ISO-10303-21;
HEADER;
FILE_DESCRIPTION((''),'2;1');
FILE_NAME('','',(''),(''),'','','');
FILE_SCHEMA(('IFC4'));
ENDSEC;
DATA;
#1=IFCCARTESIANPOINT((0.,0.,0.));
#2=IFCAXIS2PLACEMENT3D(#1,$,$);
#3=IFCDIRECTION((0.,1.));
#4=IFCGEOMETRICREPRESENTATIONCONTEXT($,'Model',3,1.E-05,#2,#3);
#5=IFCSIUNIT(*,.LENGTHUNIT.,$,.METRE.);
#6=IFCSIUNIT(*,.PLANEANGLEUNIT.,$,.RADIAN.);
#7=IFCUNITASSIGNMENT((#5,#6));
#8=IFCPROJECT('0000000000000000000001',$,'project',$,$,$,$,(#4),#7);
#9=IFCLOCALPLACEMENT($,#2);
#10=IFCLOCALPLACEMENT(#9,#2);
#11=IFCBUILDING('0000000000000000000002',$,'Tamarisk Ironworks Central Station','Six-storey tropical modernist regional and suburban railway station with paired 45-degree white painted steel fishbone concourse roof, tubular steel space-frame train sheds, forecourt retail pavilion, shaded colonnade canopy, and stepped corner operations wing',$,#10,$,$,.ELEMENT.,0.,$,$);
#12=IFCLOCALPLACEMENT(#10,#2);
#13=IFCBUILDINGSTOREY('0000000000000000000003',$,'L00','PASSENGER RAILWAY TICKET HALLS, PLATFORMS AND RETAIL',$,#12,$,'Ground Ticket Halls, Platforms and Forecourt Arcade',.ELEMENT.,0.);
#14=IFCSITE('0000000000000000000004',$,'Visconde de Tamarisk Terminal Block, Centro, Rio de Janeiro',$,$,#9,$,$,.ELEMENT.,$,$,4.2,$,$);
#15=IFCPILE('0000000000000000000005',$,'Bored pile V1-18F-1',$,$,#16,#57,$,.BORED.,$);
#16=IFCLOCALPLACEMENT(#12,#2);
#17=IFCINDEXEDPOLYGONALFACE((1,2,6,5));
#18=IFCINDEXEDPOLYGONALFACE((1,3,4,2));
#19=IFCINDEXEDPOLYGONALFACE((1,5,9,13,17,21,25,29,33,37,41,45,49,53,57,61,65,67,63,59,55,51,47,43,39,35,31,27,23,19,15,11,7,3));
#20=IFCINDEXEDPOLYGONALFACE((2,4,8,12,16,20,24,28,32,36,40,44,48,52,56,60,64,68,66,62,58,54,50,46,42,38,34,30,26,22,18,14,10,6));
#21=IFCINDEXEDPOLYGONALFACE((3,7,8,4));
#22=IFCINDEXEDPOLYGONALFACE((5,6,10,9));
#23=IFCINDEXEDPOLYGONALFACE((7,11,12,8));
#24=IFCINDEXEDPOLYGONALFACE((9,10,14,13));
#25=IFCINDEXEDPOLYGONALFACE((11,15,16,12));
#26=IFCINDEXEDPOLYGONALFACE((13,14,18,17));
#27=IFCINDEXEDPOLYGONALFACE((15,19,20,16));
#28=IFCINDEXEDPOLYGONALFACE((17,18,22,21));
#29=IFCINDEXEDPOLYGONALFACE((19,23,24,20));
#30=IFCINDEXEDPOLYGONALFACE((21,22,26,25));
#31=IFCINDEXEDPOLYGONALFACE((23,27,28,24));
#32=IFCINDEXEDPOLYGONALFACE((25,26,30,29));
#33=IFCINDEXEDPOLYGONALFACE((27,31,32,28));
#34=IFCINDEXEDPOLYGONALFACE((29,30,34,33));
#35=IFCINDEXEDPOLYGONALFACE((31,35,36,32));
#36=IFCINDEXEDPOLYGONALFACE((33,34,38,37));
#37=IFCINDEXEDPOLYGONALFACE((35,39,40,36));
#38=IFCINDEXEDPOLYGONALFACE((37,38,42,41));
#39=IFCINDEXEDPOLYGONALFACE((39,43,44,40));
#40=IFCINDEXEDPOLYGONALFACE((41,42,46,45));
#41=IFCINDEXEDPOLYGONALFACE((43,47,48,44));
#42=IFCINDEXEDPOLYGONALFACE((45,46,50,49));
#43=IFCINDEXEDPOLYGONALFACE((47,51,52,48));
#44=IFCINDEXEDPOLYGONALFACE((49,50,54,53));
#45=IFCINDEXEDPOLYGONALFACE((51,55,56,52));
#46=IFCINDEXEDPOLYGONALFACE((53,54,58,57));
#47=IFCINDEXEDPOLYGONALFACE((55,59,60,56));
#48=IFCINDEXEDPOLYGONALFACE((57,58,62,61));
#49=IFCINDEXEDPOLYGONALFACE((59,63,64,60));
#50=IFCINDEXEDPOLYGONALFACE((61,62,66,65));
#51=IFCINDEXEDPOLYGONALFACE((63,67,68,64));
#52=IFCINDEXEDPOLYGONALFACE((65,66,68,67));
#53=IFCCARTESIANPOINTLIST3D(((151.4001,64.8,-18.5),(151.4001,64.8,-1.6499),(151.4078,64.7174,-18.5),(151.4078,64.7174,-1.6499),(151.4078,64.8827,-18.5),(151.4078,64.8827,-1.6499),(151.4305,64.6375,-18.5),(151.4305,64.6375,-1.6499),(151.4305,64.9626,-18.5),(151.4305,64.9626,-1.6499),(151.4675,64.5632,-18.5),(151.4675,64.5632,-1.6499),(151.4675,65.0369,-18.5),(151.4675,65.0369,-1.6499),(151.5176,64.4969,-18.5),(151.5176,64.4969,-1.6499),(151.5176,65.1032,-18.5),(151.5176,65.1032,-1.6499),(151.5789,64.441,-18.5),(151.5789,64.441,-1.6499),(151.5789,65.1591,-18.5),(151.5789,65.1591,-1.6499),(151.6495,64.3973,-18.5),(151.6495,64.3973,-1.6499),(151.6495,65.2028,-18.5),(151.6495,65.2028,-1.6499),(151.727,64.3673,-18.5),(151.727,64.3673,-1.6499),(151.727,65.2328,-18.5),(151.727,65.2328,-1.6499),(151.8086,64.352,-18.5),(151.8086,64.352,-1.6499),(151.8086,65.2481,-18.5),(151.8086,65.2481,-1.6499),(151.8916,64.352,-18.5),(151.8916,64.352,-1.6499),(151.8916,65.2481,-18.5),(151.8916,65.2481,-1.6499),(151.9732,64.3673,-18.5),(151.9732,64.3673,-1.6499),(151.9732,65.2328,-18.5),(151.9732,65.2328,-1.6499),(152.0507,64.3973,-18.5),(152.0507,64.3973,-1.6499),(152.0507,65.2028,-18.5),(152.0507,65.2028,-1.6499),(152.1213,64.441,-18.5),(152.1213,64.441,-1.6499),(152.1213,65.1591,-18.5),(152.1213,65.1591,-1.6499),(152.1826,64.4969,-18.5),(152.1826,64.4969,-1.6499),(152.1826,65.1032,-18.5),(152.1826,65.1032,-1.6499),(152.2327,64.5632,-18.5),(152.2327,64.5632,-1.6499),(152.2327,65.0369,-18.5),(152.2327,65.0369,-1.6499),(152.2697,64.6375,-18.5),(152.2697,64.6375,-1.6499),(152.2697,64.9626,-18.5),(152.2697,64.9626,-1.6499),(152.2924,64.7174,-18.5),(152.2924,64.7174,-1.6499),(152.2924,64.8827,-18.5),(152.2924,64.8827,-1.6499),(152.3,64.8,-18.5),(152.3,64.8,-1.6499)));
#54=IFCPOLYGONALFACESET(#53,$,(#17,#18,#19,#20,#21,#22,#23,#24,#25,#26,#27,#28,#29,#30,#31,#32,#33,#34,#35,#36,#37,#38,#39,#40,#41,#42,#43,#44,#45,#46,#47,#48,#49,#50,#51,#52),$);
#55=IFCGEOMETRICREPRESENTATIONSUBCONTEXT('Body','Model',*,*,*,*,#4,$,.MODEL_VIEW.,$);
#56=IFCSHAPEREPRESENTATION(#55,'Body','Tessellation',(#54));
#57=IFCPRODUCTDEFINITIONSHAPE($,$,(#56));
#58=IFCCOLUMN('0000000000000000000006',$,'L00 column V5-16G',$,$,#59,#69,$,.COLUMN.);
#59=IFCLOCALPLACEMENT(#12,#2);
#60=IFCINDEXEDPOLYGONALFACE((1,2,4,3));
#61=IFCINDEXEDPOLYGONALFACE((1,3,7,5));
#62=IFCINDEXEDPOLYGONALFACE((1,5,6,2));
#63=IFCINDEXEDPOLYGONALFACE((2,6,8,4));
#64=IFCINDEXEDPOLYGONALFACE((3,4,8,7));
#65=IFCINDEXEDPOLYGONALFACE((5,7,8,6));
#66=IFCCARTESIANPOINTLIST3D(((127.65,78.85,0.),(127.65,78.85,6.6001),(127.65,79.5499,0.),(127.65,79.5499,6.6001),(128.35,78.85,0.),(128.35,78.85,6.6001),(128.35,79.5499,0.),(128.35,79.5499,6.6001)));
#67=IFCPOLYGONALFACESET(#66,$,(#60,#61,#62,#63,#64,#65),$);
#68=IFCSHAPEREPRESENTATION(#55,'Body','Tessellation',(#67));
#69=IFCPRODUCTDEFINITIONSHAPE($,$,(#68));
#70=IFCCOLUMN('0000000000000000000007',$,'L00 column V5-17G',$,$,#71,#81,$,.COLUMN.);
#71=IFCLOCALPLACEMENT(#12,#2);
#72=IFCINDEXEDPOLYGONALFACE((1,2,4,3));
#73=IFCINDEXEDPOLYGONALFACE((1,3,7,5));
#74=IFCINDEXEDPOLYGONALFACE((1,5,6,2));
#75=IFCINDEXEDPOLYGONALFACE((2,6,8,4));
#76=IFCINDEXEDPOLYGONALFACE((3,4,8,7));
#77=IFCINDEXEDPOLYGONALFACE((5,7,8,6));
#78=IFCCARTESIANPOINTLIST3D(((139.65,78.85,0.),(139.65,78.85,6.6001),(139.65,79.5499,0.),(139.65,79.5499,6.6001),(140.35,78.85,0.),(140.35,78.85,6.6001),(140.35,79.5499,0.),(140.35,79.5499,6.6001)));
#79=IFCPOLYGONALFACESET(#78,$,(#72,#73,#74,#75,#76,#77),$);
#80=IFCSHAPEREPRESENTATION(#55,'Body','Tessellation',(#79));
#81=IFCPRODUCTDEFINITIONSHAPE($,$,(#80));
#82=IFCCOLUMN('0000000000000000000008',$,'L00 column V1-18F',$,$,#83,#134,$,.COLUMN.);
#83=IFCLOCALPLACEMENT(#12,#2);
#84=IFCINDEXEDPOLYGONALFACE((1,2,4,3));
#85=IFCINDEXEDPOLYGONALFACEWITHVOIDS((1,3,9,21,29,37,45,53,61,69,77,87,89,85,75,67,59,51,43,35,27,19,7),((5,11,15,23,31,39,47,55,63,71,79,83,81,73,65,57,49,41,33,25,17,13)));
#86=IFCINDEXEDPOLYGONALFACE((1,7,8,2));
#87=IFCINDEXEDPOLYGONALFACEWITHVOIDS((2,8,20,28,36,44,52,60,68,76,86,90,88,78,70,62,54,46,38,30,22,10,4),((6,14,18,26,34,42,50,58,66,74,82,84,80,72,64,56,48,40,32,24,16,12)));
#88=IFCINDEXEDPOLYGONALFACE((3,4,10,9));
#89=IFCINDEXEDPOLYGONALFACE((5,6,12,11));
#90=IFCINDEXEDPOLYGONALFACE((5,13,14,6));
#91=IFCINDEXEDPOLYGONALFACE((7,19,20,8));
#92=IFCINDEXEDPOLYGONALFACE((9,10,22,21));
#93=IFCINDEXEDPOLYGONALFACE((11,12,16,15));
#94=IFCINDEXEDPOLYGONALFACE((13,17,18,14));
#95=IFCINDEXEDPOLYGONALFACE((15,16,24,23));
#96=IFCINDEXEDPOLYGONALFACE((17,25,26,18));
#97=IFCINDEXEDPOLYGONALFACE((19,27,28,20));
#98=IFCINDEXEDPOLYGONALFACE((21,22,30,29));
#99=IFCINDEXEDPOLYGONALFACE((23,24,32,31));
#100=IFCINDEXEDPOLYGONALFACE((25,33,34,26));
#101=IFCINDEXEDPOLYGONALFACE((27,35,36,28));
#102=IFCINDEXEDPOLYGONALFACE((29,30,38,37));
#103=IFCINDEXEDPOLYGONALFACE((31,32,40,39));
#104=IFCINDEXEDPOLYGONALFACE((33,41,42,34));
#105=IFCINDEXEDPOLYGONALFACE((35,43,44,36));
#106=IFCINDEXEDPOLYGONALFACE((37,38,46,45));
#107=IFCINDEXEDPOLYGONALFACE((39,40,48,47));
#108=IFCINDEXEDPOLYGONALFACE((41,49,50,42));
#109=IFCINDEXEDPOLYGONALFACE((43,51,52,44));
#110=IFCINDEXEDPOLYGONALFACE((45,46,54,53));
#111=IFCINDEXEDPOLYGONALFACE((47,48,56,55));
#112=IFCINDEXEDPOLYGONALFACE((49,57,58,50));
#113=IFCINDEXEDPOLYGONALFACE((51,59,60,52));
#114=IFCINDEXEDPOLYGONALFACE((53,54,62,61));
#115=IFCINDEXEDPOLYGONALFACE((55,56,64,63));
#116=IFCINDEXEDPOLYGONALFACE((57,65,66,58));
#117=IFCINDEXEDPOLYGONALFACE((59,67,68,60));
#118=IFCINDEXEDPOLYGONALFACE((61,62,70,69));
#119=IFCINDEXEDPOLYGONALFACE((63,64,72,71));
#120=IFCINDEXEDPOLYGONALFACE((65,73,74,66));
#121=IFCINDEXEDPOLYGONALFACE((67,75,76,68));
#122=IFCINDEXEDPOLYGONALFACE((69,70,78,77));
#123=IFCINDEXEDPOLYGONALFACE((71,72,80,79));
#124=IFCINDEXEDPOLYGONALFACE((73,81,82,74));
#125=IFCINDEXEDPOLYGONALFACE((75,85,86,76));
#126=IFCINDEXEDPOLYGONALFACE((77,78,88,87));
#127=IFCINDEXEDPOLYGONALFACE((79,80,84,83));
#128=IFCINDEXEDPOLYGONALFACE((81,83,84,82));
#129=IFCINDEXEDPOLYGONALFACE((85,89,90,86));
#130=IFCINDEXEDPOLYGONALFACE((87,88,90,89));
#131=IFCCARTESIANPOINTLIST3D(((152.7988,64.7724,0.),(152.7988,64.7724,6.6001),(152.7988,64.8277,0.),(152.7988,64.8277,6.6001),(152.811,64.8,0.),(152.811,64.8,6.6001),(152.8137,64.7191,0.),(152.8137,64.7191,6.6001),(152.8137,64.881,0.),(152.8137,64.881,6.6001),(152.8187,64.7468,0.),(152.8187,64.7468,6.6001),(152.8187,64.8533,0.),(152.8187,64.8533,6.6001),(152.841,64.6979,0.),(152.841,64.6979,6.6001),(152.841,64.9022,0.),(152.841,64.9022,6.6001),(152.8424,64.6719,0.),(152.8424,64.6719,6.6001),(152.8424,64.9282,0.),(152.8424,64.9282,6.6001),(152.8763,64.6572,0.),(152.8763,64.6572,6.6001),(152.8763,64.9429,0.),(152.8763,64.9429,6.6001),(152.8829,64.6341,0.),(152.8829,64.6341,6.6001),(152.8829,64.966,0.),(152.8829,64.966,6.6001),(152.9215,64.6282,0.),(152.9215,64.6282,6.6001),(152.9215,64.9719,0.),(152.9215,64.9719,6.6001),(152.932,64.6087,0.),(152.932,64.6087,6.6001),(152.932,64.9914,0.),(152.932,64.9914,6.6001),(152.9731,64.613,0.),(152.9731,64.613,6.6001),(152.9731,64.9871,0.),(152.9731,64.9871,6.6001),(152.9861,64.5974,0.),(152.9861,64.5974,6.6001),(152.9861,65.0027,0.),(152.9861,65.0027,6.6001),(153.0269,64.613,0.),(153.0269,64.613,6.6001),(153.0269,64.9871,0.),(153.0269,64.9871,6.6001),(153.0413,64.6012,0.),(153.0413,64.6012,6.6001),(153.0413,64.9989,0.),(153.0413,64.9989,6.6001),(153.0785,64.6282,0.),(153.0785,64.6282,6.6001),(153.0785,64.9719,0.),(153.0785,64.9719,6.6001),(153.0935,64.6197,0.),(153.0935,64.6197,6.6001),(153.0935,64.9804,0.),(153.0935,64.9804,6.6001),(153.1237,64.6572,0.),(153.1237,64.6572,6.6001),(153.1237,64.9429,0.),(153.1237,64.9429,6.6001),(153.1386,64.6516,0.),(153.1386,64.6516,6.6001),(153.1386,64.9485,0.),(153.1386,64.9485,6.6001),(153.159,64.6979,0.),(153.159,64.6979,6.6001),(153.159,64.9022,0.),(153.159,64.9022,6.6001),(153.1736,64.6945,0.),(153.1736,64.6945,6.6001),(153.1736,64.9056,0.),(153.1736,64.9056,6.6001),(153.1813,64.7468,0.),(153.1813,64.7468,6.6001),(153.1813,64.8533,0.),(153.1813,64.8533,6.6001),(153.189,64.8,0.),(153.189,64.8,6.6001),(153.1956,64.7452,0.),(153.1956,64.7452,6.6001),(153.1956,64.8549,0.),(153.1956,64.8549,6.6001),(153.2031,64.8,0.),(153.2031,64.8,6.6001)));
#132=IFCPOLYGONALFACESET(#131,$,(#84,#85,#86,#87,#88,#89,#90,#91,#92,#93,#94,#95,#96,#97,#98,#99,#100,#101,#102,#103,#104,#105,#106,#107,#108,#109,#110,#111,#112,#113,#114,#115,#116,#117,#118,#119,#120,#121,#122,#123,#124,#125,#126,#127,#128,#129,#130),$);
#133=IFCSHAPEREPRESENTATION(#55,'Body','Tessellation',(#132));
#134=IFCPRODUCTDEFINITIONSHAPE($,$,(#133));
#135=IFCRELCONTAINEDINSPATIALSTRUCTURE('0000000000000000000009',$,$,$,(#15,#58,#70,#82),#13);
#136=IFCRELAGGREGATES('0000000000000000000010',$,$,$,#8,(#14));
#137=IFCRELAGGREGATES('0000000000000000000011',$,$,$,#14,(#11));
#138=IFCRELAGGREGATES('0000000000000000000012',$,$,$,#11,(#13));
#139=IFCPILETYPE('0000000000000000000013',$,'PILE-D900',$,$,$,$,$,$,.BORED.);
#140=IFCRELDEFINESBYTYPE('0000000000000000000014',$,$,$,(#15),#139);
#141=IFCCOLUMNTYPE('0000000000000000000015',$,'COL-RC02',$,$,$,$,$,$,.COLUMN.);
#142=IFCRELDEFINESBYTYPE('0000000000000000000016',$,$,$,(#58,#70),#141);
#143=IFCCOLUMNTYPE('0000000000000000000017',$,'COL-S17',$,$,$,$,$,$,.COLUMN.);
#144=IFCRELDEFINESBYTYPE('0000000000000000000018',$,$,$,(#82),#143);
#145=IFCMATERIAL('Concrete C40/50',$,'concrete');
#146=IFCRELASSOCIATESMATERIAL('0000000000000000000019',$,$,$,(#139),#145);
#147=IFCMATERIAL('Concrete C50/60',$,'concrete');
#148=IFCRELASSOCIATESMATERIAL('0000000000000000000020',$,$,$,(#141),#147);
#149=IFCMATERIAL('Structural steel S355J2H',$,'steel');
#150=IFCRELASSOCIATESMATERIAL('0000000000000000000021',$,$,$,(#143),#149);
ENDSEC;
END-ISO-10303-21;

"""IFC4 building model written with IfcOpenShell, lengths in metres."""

from ifc_helpers import new_model, si_unit, direction, frame, origin, origin_2d, place, context, subcontext, project, spatial, rectangle, circle, hollow_circle, extrude, material, material_profile, profile_set, type_object, element, save


model = new_model("IFC4")

# Units and contexts
model_context = context("Model", 3, precision=1e-05, world=origin(), true_north=direction((0.0, 1.0)))
body_context = subcontext(model_context, "Body", "Model", "MODEL_VIEW")
ifc_project = project(units=[si_unit("LENGTHUNIT", "METRE"), si_unit("PLANEANGLEUNIT", "RADIAN")], contexts=[model_context])

# Site, building, storey
site_placement = place(None, origin())
site = spatial("IfcSite", under=ifc_project, at=site_placement, Name="Visconde de Tamarisk Terminal Block, Centro, Rio de Janeiro", CompositionType="ELEMENT", RefElevation=4.2)
building_placement = place(site_placement, origin())
building = spatial("IfcBuilding", under=site, at=building_placement, Name="Tamarisk Ironworks Central Station", Description="Six-storey tropical modernist regional and suburban railway station with paired 45-degree white painted steel fishbone concourse roof, tubular steel space-frame train sheds, forecourt retail pavilion, shaded colonnade canopy, and stepped corner operations wing", CompositionType="ELEMENT", ElevationOfRefHeight=0.0)
storey_placement = place(building_placement, origin())
storey = spatial("IfcBuildingStorey", under=building, at=storey_placement, Name="L00", Description="PASSENGER RAILWAY TICKET HALLS, PLATFORMS AND RETAIL", LongName="Ground Ticket Halls, Platforms and Forecourt Arcade", CompositionType="ELEMENT", Elevation=0.0)

# Shared definitions
ifc_material_1 = material(Name="Concrete C40/50", Category="concrete")

# Pile
ifc_material_profile_1 = material_profile(ifc_material_1, circle(Radius=0.45, at=origin_2d()), Name="BORED PILE D900")
ifc_profile_set_1 = profile_set([ifc_material_profile_1], Name="Concrete C40/50")
pile_type_1 = type_object("IfcPileType", Name="PILE-D900", PredefinedType="BORED", material=ifc_profile_set_1)
for number, where, z_axis, x_axis, name in (
    (1, (151.8501, 64.8, -1.6499), (0.0, 0.0, -1.0), (1.0, 0.0, 0.0), "Bored pile V1-18F-1"),
):
    element("IfcPile", number, at=place(storey_placement, frame(where, z_axis=z_axis, x_axis=x_axis)), inside=storey, type_object=pile_type_1, Name=name, PredefinedType="BORED", context=body_context, shape_type="SweptSolid", body=[
        extrude(circle(Radius=0.45, at=origin_2d()), origin(), (0.0, 0.0, 1.0), 16.8501),
    ])

# Columns
ifc_material_2 = material(Name="Concrete C50/60", Category="concrete")
ifc_material_profile_2 = material_profile(ifc_material_2, rectangle(XDim=0.7, YDim=0.7, at=origin_2d()), Name="RC 700x700")
ifc_profile_set_2 = profile_set([ifc_material_profile_2], Name="Concrete C50/60")
column_type_1 = type_object("IfcColumnType", Name="COL-RC02", PredefinedType="COLUMN", material=ifc_profile_set_2)
for number, where, z_axis, x_axis, name in (
    (2, (128.0, 79.2, 0.0), (0.0, 0.0, 1.0), (1.0, 0.0, 0.0), "L00 column V5-16G"),
    (3, (140.0, 79.2, 0.0), (0.0, 0.0, 1.0), (1.0, 0.0, 0.0), "L00 column V5-17G"),
):
    element("IfcColumn", number, at=place(storey_placement, frame(where, z_axis=z_axis, x_axis=x_axis)), inside=storey, type_object=column_type_1, Name=name, PredefinedType="COLUMN", context=body_context, shape_type="SweptSolid", body=[
        extrude(rectangle(XDim=0.7, YDim=0.7, at=origin_2d()), origin(), (0.0, 0.0, 1.0), 6.6001),
    ])
ifc_material_3 = material(Name="Structural steel S355J2H", Category="steel")
ifc_material_profile_3 = material_profile(ifc_material_3, hollow_circle(Radius=0.2031, WallThickness=0.0142, at=origin_2d()), Name="CHS 406.4x14.2")
ifc_profile_set_3 = profile_set([ifc_material_profile_3], Name="Structural steel S355J2H")
column_type_2 = type_object("IfcColumnType", Name="COL-S17", PredefinedType="COLUMN", material=ifc_profile_set_3)
column_placement = place(storey_placement, frame((153.0, 64.8, 0.0), z_axis=(0.0, 0.0, 1.0), x_axis=(1.0, 0.0, 0.0)))
element("IfcColumn", 4, at=column_placement, inside=storey, type_object=column_type_2, Name="L00 column V1-18F", PredefinedType="COLUMN", context=body_context, shape_type="SweptSolid", body=[
    extrude(hollow_circle(Radius=0.2031, WallThickness=0.0142, at=origin_2d()), origin(), (0.0, 0.0, 1.0), 6.6001),
])

save(model, "model.ifc")
